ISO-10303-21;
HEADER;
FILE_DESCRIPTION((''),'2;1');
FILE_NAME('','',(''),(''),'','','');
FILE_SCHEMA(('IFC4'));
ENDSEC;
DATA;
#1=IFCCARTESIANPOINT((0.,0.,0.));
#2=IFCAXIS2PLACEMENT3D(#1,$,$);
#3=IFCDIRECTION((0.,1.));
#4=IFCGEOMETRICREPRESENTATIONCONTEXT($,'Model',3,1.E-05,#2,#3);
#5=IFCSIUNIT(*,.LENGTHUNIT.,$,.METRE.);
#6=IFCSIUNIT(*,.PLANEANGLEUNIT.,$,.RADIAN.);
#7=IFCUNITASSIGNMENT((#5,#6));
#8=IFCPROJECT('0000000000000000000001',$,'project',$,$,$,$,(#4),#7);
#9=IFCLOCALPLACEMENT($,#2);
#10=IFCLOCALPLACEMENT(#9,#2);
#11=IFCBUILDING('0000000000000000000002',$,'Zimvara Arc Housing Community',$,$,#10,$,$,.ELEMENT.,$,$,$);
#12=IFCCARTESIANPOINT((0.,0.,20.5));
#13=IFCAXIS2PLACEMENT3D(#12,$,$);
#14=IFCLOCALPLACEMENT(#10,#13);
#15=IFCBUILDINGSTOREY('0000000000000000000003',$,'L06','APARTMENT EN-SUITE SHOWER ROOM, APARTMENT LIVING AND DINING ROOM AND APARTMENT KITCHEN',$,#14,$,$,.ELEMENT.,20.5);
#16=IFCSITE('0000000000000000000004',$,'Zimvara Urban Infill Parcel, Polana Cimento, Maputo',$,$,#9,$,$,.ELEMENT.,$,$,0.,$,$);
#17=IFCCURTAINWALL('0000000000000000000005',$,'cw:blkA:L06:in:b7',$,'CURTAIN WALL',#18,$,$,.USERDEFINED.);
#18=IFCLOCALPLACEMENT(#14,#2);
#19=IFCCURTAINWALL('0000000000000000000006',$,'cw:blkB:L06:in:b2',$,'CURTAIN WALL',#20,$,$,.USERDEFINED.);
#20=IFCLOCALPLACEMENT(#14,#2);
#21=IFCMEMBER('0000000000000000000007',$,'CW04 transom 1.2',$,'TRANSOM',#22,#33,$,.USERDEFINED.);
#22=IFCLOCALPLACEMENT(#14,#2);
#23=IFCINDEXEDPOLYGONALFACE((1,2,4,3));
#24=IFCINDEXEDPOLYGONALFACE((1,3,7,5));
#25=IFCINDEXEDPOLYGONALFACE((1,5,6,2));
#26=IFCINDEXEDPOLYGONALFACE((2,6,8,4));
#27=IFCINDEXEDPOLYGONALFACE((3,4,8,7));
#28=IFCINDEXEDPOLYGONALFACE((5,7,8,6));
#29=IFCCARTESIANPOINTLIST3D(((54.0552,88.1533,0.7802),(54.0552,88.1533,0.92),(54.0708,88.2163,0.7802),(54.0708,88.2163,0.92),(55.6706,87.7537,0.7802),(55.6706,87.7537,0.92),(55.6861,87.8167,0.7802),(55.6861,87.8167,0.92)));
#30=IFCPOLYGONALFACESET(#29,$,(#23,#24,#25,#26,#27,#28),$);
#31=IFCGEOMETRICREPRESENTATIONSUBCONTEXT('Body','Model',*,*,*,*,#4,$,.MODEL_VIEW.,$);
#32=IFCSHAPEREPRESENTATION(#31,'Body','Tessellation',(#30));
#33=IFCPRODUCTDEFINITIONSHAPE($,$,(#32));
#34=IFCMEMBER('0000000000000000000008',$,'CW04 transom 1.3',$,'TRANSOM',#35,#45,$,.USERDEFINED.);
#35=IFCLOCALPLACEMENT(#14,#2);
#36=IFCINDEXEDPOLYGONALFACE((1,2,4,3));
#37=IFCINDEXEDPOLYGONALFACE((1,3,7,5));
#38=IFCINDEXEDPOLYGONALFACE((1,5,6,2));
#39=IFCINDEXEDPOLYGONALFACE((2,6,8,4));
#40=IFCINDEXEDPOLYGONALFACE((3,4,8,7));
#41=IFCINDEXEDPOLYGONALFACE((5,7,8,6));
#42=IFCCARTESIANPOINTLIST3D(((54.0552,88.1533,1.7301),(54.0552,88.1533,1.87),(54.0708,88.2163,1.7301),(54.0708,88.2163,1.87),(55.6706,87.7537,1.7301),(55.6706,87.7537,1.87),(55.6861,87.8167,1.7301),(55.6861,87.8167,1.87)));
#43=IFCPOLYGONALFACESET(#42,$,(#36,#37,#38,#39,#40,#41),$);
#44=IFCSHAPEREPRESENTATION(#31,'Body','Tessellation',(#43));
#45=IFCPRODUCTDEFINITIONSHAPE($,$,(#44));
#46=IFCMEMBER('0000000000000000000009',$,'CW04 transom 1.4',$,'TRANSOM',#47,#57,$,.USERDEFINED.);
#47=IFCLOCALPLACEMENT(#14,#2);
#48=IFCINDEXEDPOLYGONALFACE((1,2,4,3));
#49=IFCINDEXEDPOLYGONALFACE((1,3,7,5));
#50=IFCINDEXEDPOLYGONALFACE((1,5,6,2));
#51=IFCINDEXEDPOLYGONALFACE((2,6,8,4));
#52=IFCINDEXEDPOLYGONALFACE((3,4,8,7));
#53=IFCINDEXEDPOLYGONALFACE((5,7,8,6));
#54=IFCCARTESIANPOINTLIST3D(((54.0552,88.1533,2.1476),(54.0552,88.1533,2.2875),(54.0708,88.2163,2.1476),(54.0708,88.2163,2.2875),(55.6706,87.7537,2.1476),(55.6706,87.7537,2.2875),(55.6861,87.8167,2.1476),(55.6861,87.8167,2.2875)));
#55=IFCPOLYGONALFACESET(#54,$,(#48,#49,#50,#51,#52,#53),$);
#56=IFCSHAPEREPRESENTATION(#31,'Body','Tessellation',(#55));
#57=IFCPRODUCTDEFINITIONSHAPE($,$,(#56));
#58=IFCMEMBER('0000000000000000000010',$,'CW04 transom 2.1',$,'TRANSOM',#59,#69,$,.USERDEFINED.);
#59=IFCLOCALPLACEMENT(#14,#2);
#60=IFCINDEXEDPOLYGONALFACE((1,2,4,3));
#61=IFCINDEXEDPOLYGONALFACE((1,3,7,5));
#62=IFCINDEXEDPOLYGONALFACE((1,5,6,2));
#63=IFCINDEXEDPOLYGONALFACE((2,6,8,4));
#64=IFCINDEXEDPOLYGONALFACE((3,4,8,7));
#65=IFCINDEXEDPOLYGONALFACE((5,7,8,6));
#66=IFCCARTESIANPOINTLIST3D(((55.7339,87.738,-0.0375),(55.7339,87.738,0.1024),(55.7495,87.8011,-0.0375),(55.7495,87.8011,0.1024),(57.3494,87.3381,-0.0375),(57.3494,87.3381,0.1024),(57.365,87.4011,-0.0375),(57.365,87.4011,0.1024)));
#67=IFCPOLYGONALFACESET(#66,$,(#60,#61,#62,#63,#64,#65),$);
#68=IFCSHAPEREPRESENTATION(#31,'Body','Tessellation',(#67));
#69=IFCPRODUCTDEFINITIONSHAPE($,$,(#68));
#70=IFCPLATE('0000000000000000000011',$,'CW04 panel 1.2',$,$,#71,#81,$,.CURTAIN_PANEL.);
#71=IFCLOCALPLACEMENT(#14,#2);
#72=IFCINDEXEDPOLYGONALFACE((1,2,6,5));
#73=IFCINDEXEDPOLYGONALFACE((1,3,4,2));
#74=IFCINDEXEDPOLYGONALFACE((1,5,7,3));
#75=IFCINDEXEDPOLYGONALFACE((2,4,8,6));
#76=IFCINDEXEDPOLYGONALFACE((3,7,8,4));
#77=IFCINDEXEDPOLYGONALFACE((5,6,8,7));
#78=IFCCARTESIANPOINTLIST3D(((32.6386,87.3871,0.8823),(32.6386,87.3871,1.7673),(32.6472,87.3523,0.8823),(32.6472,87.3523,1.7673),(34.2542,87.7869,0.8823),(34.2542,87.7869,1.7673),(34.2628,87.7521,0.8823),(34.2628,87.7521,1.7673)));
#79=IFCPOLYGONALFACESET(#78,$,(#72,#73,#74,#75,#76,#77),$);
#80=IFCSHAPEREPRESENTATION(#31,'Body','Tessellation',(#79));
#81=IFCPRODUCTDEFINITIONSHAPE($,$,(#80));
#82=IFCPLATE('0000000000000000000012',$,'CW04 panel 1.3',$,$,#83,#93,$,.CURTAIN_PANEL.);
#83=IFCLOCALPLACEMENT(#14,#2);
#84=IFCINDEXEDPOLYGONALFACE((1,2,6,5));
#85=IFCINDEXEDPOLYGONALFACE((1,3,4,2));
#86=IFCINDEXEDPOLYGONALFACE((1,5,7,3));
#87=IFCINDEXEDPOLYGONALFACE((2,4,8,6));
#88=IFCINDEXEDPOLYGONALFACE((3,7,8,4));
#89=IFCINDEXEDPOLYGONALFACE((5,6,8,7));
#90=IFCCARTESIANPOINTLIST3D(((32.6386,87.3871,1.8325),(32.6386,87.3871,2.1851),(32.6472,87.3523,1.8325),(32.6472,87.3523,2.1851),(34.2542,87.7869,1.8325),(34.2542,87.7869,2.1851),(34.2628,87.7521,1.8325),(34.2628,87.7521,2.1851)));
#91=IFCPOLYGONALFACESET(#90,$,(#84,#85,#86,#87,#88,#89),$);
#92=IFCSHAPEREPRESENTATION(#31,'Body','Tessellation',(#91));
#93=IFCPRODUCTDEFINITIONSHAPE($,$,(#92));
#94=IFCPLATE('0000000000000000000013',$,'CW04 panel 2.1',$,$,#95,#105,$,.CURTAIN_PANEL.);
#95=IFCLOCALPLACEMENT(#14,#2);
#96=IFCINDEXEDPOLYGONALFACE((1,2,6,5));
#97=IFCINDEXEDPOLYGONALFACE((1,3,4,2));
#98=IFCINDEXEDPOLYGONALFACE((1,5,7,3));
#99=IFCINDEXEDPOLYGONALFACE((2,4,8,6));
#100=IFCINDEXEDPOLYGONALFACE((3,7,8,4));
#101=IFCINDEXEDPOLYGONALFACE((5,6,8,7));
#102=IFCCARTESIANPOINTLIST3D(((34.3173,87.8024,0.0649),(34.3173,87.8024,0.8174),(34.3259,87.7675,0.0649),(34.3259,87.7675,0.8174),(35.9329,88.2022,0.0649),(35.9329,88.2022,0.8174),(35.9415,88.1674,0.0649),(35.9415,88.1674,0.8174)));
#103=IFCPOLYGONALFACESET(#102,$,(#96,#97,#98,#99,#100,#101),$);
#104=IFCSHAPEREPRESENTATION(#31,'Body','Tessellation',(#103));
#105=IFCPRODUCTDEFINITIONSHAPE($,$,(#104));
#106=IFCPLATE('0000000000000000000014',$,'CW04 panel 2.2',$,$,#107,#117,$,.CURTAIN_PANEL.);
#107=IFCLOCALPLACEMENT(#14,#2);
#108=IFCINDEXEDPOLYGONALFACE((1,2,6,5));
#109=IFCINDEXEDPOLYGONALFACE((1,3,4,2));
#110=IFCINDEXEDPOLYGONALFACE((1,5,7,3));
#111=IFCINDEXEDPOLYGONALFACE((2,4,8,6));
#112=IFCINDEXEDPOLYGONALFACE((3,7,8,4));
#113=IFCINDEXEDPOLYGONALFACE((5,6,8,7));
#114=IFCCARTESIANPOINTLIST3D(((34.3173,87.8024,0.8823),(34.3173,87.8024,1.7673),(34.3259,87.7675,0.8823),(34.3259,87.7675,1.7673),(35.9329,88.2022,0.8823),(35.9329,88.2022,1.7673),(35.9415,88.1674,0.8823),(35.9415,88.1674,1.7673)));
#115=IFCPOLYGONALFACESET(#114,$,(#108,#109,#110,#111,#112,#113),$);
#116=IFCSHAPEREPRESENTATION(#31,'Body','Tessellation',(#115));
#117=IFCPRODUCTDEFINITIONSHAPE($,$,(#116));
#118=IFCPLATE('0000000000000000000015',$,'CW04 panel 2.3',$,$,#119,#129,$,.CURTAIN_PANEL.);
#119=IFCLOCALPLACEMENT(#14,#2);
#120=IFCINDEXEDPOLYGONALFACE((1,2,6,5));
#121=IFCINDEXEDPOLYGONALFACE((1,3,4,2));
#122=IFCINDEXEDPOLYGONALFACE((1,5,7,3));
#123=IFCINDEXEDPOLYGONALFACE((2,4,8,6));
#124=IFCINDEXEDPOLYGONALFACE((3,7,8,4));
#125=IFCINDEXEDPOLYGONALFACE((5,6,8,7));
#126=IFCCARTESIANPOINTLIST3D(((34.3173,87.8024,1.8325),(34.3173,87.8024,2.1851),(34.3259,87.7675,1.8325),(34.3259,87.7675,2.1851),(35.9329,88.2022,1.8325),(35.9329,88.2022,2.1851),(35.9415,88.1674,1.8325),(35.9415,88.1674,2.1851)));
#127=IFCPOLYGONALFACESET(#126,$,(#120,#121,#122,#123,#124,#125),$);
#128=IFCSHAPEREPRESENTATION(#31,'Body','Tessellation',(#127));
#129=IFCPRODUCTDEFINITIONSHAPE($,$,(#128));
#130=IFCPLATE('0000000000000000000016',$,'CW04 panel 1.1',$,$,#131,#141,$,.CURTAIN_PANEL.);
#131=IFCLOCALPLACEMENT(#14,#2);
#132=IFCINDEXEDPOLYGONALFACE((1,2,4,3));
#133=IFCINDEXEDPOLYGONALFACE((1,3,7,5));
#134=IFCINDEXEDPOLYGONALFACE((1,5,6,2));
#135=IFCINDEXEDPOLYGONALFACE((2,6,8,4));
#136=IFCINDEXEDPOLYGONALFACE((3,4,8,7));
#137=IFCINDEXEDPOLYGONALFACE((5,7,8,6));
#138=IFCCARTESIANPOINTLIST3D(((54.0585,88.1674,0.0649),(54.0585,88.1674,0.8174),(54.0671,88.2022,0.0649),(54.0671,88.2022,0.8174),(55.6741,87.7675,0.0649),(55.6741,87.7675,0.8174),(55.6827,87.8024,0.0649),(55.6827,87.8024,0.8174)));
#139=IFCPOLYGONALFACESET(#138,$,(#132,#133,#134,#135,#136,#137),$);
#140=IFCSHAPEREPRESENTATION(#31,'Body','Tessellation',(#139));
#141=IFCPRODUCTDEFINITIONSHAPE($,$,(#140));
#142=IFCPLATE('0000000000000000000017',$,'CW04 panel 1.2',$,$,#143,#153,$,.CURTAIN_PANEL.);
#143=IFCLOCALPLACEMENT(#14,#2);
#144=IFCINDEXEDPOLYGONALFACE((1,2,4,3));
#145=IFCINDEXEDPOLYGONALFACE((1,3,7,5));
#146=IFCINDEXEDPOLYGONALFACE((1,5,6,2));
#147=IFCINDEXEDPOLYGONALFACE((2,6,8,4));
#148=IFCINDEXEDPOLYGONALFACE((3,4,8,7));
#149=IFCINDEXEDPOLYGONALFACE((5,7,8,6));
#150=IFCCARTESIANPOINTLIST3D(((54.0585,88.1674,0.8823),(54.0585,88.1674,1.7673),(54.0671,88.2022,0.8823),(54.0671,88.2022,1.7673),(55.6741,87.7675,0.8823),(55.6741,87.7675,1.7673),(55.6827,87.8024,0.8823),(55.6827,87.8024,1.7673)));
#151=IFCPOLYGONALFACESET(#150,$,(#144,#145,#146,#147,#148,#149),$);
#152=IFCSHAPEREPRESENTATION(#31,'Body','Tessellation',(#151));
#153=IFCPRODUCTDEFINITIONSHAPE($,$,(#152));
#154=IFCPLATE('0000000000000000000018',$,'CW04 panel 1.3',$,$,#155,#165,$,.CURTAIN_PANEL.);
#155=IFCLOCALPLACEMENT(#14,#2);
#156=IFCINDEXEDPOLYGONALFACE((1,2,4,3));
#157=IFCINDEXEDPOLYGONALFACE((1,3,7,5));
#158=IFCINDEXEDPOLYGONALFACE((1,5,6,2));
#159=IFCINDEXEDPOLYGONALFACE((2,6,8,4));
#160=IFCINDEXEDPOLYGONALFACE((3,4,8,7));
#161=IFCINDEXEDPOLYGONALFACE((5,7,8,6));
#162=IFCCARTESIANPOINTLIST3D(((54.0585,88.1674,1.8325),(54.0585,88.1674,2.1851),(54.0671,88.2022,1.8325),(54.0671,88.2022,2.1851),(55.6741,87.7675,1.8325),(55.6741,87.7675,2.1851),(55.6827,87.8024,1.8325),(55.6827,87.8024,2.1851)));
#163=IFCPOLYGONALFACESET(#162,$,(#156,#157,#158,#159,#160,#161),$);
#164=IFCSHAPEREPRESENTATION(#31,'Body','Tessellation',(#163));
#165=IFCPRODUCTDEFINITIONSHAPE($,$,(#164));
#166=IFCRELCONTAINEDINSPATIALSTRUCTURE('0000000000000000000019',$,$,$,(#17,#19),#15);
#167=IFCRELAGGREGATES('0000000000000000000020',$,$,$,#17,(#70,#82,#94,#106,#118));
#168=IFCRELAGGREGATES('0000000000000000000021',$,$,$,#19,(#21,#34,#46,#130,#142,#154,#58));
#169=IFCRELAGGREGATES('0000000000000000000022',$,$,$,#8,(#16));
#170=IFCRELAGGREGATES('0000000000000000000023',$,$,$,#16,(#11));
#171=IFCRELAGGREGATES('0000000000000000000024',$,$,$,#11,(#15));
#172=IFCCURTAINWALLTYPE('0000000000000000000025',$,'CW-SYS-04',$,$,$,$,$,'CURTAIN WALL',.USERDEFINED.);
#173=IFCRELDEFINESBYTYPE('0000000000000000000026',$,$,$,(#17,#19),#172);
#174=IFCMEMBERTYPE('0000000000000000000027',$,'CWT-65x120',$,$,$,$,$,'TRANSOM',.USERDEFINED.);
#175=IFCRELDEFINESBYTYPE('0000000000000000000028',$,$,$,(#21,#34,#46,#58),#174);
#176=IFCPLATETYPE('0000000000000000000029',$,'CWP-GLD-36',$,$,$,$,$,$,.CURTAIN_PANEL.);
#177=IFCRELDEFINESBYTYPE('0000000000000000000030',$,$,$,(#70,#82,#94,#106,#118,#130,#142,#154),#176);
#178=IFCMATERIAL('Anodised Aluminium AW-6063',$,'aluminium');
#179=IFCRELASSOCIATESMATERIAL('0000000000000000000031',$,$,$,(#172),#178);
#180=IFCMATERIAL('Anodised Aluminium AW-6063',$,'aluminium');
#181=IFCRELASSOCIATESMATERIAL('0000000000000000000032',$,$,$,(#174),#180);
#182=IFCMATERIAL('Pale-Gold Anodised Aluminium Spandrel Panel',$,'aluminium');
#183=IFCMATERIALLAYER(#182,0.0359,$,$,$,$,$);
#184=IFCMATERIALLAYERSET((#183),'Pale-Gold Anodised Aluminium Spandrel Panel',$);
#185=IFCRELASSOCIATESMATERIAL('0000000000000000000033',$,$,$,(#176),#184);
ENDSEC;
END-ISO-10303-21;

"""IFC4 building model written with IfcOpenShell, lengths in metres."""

from ifc_helpers import new_model, si_unit, direction, frame, origin, origin_2d, place, context, subcontext, project, spatial, rectangle, extrude, material, layer, layer_set, material_profile, profile_set, type_object, element, aggregate, save


model = new_model("IFC4")

# Units and contexts
model_context = context("Model", 3, precision=1e-05, world=origin(), true_north=direction((0.0, 1.0)))
body_context = subcontext(model_context, "Body", "Model", "MODEL_VIEW")
ifc_project = project(units=[si_unit("LENGTHUNIT", "METRE"), si_unit("PLANEANGLEUNIT", "RADIAN")], contexts=[model_context])

# Site, building, storey
site_placement = place(None, origin())
site = spatial("IfcSite", under=ifc_project, at=site_placement, Name="Zimvara Urban Infill Parcel, Polana Cimento, Maputo", CompositionType="ELEMENT", RefElevation=0.0)
building_placement = place(site_placement, origin())
building = spatial("IfcBuilding", under=site, at=building_placement, Name="Zimvara Arc Housing Community", CompositionType="ELEMENT")
storey_placement = place(building_placement, frame((0.0, 0.0, 20.5)))
storey = spatial("IfcBuildingStorey", under=building, at=storey_placement, Name="L06", Description="APARTMENT EN-SUITE SHOWER ROOM, APARTMENT LIVING AND DINING ROOM AND APARTMENT KITCHEN", CompositionType="ELEMENT", Elevation=20.5)

# Curtain walls
ifc_material_1 = material(Name="Anodised Aluminium AW-6063", Category="aluminium")
curtain_wall_type = type_object("IfcCurtainWallType", Name="CW-SYS-04", ElementType="CURTAIN WALL", PredefinedType="USERDEFINED", material=ifc_material_1)
curtain_wall_1_placement = place(storey_placement, origin())
curtain_wall_1 = element("IfcCurtainWall", 1, at=curtain_wall_1_placement, inside=storey, type_object=curtain_wall_type, Name="cw:blkA:L06:in:b7", ObjectType="CURTAIN WALL", PredefinedType="USERDEFINED")
curtain_wall_2_placement = place(storey_placement, origin())
curtain_wall_2 = element("IfcCurtainWall", 2, at=curtain_wall_2_placement, inside=storey, type_object=curtain_wall_type, Name="cw:blkB:L06:in:b2", ObjectType="CURTAIN WALL", PredefinedType="USERDEFINED")

# Members
ifc_material_2 = material(Name="Anodised Aluminium AW-6063", Category="aluminium")
ifc_material_profile_1 = material_profile(ifc_material_2, rectangle(XDim=0.0649, YDim=0.1399, at=origin_2d()), Name="ALU 65x140")
ifc_profile_set_1 = profile_set([ifc_material_profile_1], Name="Anodised Aluminium AW-6063")
member_type_1 = type_object("IfcMemberType", Name="CWT-65x120", ElementType="TRANSOM", PredefinedType="USERDEFINED", material=ifc_profile_set_1)
member_1_placement = place(storey_placement, frame((54.063, 88.1848, 0.8501), z_axis=(0.970735, -0.240153, 0.0), x_axis=(0.240153, 0.970735, 0.0)))
member_1 = element("IfcMember", 3, at=member_1_placement, type_object=member_type_1, Name="CW04 transom 1.2", ObjectType="TRANSOM", PredefinedType="USERDEFINED", context=body_context, shape_type="SweptSolid", body=[
    extrude(rectangle(XDim=0.0649, YDim=0.1399, at=origin_2d()), origin(), (0.0, 0.0, 1.0), 1.6641),
])
member_2_placement = place(storey_placement, frame((54.063, 88.1848, 1.8), z_axis=(0.970735, -0.240153, 0.0), x_axis=(0.240153, 0.970735, 0.0)))
member_2 = element("IfcMember", 4, at=member_2_placement, type_object=member_type_1, Name="CW04 transom 1.3", ObjectType="TRANSOM", PredefinedType="USERDEFINED", context=body_context, shape_type="SweptSolid", body=[
    extrude(rectangle(XDim=0.0649, YDim=0.1399, at=origin_2d()), origin(), (0.0, 0.0, 1.0), 1.6641),
])
member_3_placement = place(storey_placement, frame((54.063, 88.1848, 2.2175), z_axis=(0.970735, -0.240153, 0.0), x_axis=(0.240153, 0.970735, 0.0)))
member_3 = element("IfcMember", 5, at=member_3_placement, type_object=member_type_1, Name="CW04 transom 1.4", ObjectType="TRANSOM", PredefinedType="USERDEFINED", context=body_context, shape_type="SweptSolid", body=[
    extrude(rectangle(XDim=0.0649, YDim=0.1399, at=origin_2d()), origin(), (0.0, 0.0, 1.0), 1.6641),
])
member_4_placement = place(storey_placement, frame((55.7417, 87.7695, 0.0325), z_axis=(0.970701, -0.240291, 0.0), x_axis=(0.240291, 0.970701, 0.0)))
member_4 = element("IfcMember", 6, at=member_4_placement, type_object=member_type_1, Name="CW04 transom 2.1", ObjectType="TRANSOM", PredefinedType="USERDEFINED", context=body_context, shape_type="SweptSolid", body=[
    extrude(rectangle(XDim=0.0649, YDim=0.1399, at=origin_2d()), origin(), (0.0, 0.0, 1.0), 1.6643),
])

# Plates
ifc_material_3 = material(Name="Pale-Gold Anodised Aluminium Spandrel Panel", Category="aluminium")
ifc_layer_1 = layer(ifc_material_3, 0.0359)
ifc_layer_set_1 = layer_set([ifc_layer_1], Name="Pale-Gold Anodised Aluminium Spandrel Panel")
plate_type = type_object("IfcPlateType", Name="CWP-GLD-36", PredefinedType="CURTAIN_PANEL", material=ifc_layer_set_1)
plate_1_placement = place(storey_placement, frame((33.4507, 87.5696, 0.8823), z_axis=(0.0, 0.0, 1.0), x_axis=(0.970717, 0.240228, 0.0)))
plate_1 = element("IfcPlate", 7, at=plate_1_placement, type_object=plate_type, Name="CW04 panel 1.2", PredefinedType="CURTAIN_PANEL", context=body_context, shape_type="SweptSolid", body=[
    extrude(rectangle(XDim=1.6643, YDim=0.0359, at=origin_2d()), origin(), (0.0, 0.0, 1.0), 0.885),
])
plate_2_placement = place(storey_placement, frame((33.4507, 87.5696, 1.8325), z_axis=(0.0, 0.0, 1.0), x_axis=(0.970717, 0.240228, 0.0)))
plate_2 = element("IfcPlate", 8, at=plate_2_placement, type_object=plate_type, Name="CW04 panel 1.3", PredefinedType="CURTAIN_PANEL", context=body_context, shape_type="SweptSolid", body=[
    extrude(rectangle(XDim=1.6643, YDim=0.0359, at=origin_2d()), origin(), (0.0, 0.0, 1.0), 0.3525),
])
plate_3_placement = place(storey_placement, frame((35.1294, 87.9849, 0.0649), z_axis=(0.0, 0.0, 1.0), x_axis=(0.970717, 0.240228, 0.0)))
plate_3 = element("IfcPlate", 9, at=plate_3_placement, type_object=plate_type, Name="CW04 panel 2.1", PredefinedType="CURTAIN_PANEL", context=body_context, shape_type="SweptSolid", body=[
    extrude(rectangle(XDim=1.6643, YDim=0.0359, at=origin_2d()), origin(), (0.0, 0.0, 1.0), 0.7524),
])
plate_4_placement = place(storey_placement, frame((35.1294, 87.9849, 0.8823), z_axis=(0.0, 0.0, 1.0), x_axis=(0.970717, 0.240228, 0.0)))
plate_4 = element("IfcPlate", 10, at=plate_4_placement, type_object=plate_type, Name="CW04 panel 2.2", PredefinedType="CURTAIN_PANEL", context=body_context, shape_type="SweptSolid", body=[
    extrude(rectangle(XDim=1.6643, YDim=0.0359, at=origin_2d()), origin(), (0.0, 0.0, 1.0), 0.885),
])
plate_5_placement = place(storey_placement, frame((35.1294, 87.9849, 1.8325), z_axis=(0.0, 0.0, 1.0), x_axis=(0.970717, 0.240228, 0.0)))
plate_5 = element("IfcPlate", 11, at=plate_5_placement, type_object=plate_type, Name="CW04 panel 2.3", PredefinedType="CURTAIN_PANEL", context=body_context, shape_type="SweptSolid", body=[
    extrude(rectangle(XDim=1.6643, YDim=0.0359, at=origin_2d()), origin(), (0.0, 0.0, 1.0), 0.3525),
])
aggregate(curtain_wall_1, [plate_1, plate_2, plate_3, plate_4, plate_5])
plate_6_placement = place(storey_placement, frame((54.8706, 87.9849, 0.0649), z_axis=(0.0, 0.0, 1.0), x_axis=(0.970717, -0.240228, 0.0)))
plate_6 = element("IfcPlate", 12, at=plate_6_placement, type_object=plate_type, Name="CW04 panel 1.1", PredefinedType="CURTAIN_PANEL", context=body_context, shape_type="SweptSolid", body=[
    extrude(rectangle(XDim=1.6643, YDim=0.0359, at=origin_2d()), origin(), (0.0, 0.0, 1.0), 0.7524),
])
plate_7_placement = place(storey_placement, frame((54.8706, 87.9849, 0.8823), z_axis=(0.0, 0.0, 1.0), x_axis=(0.970717, -0.240228, 0.0)))
plate_7 = element("IfcPlate", 13, at=plate_7_placement, type_object=plate_type, Name="CW04 panel 1.2", PredefinedType="CURTAIN_PANEL", context=body_context, shape_type="SweptSolid", body=[
    extrude(rectangle(XDim=1.6643, YDim=0.0359, at=origin_2d()), origin(), (0.0, 0.0, 1.0), 0.885),
])
plate_8_placement = place(storey_placement, frame((54.8706, 87.9849, 1.8325), z_axis=(0.0, 0.0, 1.0), x_axis=(0.970717, -0.240228, 0.0)))
plate_8 = element("IfcPlate", 14, at=plate_8_placement, type_object=plate_type, Name="CW04 panel 1.3", PredefinedType="CURTAIN_PANEL", context=body_context, shape_type="SweptSolid", body=[
    extrude(rectangle(XDim=1.6643, YDim=0.0359, at=origin_2d()), origin(), (0.0, 0.0, 1.0), 0.3525),
])
aggregate(curtain_wall_2, [member_1, member_2, member_3, plate_6, plate_7, plate_8, member_4])

save(model, "model.ifc")
